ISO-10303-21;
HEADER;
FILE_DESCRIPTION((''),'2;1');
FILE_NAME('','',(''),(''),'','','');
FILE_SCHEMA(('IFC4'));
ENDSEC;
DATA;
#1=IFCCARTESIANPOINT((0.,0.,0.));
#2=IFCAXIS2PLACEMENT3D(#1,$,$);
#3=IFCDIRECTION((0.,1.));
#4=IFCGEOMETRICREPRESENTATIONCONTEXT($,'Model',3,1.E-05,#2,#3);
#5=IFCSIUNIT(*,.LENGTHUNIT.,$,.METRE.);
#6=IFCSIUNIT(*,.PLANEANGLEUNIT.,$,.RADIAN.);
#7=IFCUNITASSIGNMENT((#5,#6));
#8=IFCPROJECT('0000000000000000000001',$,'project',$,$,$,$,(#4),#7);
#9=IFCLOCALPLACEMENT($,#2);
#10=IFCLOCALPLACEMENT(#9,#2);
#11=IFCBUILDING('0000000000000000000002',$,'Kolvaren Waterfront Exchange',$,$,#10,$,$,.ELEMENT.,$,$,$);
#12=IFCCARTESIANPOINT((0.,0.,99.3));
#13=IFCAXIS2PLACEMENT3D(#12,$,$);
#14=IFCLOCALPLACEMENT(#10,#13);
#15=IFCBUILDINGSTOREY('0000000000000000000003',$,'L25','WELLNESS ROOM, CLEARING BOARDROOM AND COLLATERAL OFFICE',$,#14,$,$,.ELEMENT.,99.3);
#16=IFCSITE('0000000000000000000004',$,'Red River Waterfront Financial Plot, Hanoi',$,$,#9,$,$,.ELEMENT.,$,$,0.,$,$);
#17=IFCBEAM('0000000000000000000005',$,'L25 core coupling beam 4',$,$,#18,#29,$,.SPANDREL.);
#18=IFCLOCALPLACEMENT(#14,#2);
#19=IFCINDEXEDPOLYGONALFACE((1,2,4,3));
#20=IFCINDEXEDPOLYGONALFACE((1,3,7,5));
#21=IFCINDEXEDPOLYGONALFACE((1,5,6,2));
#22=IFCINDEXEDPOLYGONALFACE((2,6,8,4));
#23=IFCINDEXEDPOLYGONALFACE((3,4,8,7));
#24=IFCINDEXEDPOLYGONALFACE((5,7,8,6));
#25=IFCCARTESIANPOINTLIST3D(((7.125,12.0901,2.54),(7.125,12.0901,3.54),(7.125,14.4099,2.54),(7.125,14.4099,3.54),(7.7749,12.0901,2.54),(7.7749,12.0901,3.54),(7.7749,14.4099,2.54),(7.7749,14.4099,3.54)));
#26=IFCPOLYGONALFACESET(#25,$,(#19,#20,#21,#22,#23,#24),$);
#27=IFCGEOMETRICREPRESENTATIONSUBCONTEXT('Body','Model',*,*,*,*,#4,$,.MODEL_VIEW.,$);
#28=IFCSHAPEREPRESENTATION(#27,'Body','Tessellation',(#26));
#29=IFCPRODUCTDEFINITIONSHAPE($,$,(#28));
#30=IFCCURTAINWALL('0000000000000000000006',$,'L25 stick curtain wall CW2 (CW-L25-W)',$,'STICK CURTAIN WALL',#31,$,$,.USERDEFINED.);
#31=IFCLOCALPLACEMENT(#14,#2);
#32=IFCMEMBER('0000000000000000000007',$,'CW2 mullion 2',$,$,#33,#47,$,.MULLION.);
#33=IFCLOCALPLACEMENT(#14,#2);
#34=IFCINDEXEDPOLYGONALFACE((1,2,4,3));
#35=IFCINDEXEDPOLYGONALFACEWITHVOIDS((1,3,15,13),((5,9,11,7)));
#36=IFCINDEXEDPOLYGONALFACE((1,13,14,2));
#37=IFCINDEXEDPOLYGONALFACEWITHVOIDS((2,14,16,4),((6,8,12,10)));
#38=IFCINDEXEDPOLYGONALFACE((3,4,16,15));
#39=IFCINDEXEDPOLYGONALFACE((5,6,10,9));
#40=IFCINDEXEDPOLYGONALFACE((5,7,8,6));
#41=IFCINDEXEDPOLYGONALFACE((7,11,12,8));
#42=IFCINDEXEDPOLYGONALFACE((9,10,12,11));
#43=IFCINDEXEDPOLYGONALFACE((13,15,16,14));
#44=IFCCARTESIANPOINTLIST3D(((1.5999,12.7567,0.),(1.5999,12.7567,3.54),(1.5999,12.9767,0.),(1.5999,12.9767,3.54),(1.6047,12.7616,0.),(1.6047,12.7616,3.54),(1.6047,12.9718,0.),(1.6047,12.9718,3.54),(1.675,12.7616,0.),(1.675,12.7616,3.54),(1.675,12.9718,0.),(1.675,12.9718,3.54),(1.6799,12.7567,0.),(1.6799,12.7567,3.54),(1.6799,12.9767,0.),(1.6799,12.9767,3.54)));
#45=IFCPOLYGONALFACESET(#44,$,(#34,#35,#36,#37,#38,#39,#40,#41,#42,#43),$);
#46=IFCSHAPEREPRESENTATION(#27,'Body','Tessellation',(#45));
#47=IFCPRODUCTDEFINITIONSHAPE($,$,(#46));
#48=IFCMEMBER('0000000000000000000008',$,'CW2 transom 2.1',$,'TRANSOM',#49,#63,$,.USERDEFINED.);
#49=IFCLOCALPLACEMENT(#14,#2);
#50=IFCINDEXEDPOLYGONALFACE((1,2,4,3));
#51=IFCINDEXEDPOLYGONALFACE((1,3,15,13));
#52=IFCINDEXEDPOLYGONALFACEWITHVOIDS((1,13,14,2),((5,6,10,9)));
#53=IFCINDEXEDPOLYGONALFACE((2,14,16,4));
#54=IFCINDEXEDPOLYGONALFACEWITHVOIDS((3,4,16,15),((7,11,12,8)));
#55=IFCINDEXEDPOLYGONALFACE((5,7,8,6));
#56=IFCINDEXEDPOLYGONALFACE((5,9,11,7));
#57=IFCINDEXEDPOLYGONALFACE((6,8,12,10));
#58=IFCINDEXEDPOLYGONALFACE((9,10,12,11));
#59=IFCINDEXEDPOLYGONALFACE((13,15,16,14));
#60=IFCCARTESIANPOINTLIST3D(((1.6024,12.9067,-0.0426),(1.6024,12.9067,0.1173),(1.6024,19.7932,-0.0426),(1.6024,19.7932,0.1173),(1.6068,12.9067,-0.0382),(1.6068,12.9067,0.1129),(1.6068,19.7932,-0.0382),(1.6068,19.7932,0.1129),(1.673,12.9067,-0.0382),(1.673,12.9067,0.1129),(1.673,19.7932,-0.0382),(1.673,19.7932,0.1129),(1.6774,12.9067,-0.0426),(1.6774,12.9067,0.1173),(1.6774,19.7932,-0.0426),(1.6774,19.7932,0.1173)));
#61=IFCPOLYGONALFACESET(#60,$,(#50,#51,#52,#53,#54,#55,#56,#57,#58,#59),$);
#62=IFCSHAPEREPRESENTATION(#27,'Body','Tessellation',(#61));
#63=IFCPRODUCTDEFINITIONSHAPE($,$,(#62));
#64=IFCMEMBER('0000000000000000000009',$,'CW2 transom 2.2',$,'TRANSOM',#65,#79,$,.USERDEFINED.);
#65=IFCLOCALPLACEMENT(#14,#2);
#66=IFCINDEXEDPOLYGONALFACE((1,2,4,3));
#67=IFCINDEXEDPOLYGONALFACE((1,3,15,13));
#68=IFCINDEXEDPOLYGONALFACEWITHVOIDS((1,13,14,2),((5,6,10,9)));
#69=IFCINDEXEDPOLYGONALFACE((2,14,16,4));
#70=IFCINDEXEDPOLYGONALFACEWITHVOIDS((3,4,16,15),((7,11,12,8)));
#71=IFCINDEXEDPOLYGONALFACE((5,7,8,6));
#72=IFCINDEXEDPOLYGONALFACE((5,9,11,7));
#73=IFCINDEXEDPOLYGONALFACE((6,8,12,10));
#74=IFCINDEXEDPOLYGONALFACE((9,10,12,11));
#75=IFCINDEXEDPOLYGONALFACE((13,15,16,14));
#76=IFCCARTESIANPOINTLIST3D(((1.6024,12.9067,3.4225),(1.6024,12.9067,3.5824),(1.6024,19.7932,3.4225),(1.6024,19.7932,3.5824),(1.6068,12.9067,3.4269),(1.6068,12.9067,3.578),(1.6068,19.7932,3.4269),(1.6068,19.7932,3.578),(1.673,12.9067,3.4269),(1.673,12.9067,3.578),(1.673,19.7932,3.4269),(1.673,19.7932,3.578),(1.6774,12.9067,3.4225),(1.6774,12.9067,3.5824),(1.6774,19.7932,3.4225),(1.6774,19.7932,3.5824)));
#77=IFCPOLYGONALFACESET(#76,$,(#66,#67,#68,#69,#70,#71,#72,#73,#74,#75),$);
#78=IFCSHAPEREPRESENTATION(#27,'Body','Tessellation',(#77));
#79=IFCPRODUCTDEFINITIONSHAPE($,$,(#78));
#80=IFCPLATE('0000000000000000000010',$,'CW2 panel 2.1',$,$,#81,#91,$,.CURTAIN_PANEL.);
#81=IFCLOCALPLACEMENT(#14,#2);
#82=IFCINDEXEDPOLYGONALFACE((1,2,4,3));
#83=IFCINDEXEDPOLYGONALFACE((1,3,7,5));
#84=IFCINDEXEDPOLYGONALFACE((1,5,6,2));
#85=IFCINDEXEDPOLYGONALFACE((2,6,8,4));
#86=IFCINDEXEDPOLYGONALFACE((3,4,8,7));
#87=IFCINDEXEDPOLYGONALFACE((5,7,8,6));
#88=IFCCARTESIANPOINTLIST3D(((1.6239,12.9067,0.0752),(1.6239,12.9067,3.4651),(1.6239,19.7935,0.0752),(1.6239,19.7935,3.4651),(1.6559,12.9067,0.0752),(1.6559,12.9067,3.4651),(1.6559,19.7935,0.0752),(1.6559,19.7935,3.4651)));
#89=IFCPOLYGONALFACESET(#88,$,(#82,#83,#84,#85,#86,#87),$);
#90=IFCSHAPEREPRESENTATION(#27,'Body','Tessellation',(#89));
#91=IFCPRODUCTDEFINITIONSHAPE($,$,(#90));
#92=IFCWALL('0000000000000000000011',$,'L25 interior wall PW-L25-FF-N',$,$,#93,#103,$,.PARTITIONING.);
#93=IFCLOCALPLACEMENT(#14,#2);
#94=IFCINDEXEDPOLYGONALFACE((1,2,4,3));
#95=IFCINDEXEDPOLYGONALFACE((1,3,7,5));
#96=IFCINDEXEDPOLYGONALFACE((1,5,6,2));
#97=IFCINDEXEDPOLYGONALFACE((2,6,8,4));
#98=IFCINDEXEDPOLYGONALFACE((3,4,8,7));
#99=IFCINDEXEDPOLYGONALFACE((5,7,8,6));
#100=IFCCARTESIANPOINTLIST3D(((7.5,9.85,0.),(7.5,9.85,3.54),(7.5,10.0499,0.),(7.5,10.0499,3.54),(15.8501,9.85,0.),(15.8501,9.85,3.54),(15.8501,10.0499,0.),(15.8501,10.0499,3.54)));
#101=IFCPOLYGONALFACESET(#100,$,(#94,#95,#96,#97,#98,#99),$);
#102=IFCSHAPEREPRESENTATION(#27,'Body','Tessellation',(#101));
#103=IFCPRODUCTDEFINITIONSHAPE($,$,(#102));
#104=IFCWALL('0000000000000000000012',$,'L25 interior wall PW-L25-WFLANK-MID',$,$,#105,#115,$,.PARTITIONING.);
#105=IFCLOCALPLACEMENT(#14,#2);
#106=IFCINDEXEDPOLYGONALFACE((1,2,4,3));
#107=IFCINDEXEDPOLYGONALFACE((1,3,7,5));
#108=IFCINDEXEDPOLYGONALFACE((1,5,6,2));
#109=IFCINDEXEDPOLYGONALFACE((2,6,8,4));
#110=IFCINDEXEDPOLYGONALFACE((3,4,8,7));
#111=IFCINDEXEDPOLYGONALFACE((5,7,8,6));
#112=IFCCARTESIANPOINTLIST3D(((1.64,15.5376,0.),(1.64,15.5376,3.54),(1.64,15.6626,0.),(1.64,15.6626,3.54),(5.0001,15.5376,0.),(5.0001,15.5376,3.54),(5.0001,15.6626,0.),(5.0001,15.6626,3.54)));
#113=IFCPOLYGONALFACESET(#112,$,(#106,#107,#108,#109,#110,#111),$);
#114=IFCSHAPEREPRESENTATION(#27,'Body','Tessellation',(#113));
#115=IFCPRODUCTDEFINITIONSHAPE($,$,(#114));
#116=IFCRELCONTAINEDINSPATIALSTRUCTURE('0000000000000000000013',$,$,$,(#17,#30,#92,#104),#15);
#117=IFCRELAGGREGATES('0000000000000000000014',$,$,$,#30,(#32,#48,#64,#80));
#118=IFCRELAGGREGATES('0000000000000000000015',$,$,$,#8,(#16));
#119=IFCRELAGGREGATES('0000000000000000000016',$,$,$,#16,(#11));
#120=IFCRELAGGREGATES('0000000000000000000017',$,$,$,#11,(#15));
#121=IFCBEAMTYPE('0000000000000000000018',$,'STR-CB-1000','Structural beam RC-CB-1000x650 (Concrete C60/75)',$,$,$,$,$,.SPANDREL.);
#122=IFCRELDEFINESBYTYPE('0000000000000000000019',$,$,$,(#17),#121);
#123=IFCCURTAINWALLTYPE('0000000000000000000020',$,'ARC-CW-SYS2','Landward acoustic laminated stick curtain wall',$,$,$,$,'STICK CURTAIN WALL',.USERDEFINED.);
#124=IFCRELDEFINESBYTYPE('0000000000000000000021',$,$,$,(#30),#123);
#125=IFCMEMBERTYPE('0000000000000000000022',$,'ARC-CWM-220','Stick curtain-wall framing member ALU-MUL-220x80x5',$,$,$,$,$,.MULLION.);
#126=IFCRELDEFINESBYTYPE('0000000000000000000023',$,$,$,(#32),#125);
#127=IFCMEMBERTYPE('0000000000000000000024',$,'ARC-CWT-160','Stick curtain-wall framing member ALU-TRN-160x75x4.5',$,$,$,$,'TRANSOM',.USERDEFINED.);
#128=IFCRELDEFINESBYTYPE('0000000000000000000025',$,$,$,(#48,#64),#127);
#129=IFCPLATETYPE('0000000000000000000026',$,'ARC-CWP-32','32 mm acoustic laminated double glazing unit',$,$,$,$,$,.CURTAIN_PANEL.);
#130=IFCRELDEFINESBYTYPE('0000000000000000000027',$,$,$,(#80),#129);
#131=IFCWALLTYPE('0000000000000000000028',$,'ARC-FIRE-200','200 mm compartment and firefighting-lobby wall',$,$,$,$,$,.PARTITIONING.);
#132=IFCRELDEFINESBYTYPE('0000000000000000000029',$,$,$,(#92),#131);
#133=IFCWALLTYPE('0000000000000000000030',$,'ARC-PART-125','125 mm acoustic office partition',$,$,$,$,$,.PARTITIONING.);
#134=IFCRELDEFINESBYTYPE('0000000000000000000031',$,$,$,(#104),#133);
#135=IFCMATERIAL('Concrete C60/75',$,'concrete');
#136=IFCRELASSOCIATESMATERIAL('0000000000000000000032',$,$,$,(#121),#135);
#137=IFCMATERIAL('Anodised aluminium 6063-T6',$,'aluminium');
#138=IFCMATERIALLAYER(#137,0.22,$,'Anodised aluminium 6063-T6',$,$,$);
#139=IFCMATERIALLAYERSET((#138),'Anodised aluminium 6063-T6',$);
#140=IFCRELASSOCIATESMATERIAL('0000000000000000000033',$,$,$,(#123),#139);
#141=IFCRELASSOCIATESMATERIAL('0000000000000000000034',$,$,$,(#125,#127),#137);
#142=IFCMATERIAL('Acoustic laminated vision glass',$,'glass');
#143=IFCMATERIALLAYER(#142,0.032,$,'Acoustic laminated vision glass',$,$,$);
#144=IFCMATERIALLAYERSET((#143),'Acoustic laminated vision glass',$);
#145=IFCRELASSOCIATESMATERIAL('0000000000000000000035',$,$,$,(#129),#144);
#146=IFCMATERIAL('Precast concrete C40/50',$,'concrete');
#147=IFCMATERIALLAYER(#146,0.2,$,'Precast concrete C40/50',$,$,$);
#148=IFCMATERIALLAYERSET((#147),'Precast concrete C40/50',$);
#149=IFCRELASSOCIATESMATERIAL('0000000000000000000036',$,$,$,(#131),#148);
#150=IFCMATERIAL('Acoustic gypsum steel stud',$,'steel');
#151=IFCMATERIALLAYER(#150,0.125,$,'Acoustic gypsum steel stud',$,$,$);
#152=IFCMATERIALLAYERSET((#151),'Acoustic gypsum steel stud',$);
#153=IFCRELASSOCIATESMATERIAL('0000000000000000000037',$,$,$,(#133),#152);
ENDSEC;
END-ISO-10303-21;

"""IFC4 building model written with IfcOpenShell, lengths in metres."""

from ifc_helpers import new_model, si_unit, direction, frame, frame_2d, origin, origin_with_axes, origin_2d, place, context, subcontext, project, spatial, rectangle, hollow_rectangle, extrude, source, transform, mapped, material, layer, layer_set, material_profile, profile_set, type_object, element, aggregate, save


model = new_model("IFC4")

# Units and contexts
model_context = context("Model", 3, precision=1e-05, world=origin(), true_north=direction((0.0, 1.0)))
body_context = subcontext(model_context, "Body", "Model", "MODEL_VIEW")
ifc_project = project(units=[si_unit("LENGTHUNIT", "METRE"), si_unit("PLANEANGLEUNIT", "RADIAN")], contexts=[model_context])

# Site, building, storey
site_placement = place(None, origin())
site = spatial("IfcSite", under=ifc_project, at=site_placement, Name="Red River Waterfront Financial Plot, Hanoi", CompositionType="ELEMENT", RefElevation=0.0)
building_placement = place(site_placement, origin())
building = spatial("IfcBuilding", under=site, at=building_placement, Name="Kolvaren Waterfront Exchange", CompositionType="ELEMENT")
storey_placement = place(building_placement, frame((0.0, 0.0, 99.3)))
storey = spatial("IfcBuildingStorey", under=building, at=storey_placement, Name="L25", Description="WELLNESS ROOM, CLEARING BOARDROOM AND COLLATERAL OFFICE", CompositionType="ELEMENT", Elevation=99.3)

# Beam
ifc_material_1 = material(Name="Concrete C60/75", Category="concrete")
ifc_material_profile_1 = material_profile(ifc_material_1, rectangle(XDim=0.6499, YDim=1.0, at=origin_2d()), Name="RC-CB-1000x650")
ifc_profile_set_1 = profile_set([ifc_material_profile_1], Name="Concrete C60/75")
beam_type = type_object("IfcBeamType", Name="STR-CB-1000", Description="Structural beam RC-CB-1000x650 (Concrete C60/75)", PredefinedType="SPANDREL", material=ifc_profile_set_1)
beam_placement = place(storey_placement, frame((7.45, 12.0901, 3.04), z_axis=(0.0, 1.0, 0.0), x_axis=(-1.0, 0.0, 0.0)))
element("IfcBeam", 1, at=beam_placement, inside=storey, type_object=beam_type, Name="L25 core coupling beam 4", PredefinedType="SPANDREL", context=body_context, shape_type="SweptSolid", body=[
    extrude(rectangle(XDim=0.6499, YDim=1.0, at=origin_2d()), origin(), (0.0, 0.0, 1.0), 2.3198),
])

# Curtain wall, members, plate
ifc_material_2 = material(Name="Anodised aluminium 6063-T6", Category="aluminium")
ifc_layer_1 = layer(ifc_material_2, 0.22, Name="Anodised aluminium 6063-T6")
ifc_layer_set_1 = layer_set([ifc_layer_1], Name="Anodised aluminium 6063-T6")
curtain_wall_type = type_object("IfcCurtainWallType", Name="ARC-CW-SYS2", Description="Landward acoustic laminated stick curtain wall", ElementType="STICK CURTAIN WALL", PredefinedType="USERDEFINED", material=ifc_layer_set_1)
curtain_wall_placement = place(storey_placement, origin())
curtain_wall = element("IfcCurtainWall", 2, at=curtain_wall_placement, inside=storey, type_object=curtain_wall_type, Name="L25 stick curtain wall CW2 (CW-L25-W)", ObjectType="STICK CURTAIN WALL", PredefinedType="USERDEFINED")
ifc_material_profile_2 = material_profile(ifc_material_2, hollow_rectangle(XDim=0.0801, YDim=0.22, WallThickness=0.0049, at=origin_2d()), Name="ALU-MUL-220x80x5")
ifc_profile_set_2 = profile_set([ifc_material_profile_2], Name="Anodised aluminium 6063-T6")
member_type_1 = type_object("IfcMemberType", Name="ARC-CWM-220", Description="Stick curtain-wall framing member ALU-MUL-220x80x5", PredefinedType="MULLION", material=ifc_profile_set_2)
shared_shape_1 = source(origin_with_axes(), body_context, "Body", "SweptSolid", [
    extrude(hollow_rectangle(XDim=0.0801, YDim=0.22, WallThickness=0.0049, at=origin_2d()), origin(), (0.0, 0.0, 1.0), 3.54),
])
member_1_placement = place(storey_placement, frame((1.6399, 12.8667, 0.0), z_axis=(0.0, 0.0, 1.0), x_axis=(-1.0, 0.0, 0.0)))
member_1 = element("IfcMember", 3, at=member_1_placement, type_object=member_type_1, Name="CW2 mullion 2", PredefinedType="MULLION", context=body_context, shape_type="MappedRepresentation", body=[
    mapped(shared_shape_1, transform((0.0, 0.0, 0.0), x_axis=(1.0, 0.0, 0.0), y_axis=(0.0, 1.0, 0.0), z_axis=(0.0, 0.0, 1.0), scale=1.0)),
])
ifc_material_profile_3 = material_profile(ifc_material_2, hollow_rectangle(XDim=0.075, YDim=0.1599, WallThickness=0.0044, at=origin_2d()), Name="ALU-TRN-160x75x4.5")
ifc_profile_set_3 = profile_set([ifc_material_profile_3], Name="Anodised aluminium 6063-T6")
member_type_2 = type_object("IfcMemberType", Name="ARC-CWT-160", Description="Stick curtain-wall framing member ALU-TRN-160x75x4.5", ElementType="TRANSOM", PredefinedType="USERDEFINED", material=ifc_profile_set_3)
shared_shape_2 = source(origin_with_axes(), body_context, "Body", "SweptSolid", [
    extrude(hollow_rectangle(XDim=0.075, YDim=0.1599, WallThickness=0.0044, at=origin_2d()), origin(), (0.0, 0.0, 1.0), 6.8865),
])
member_2_placement = place(storey_placement, frame((1.6399, 12.9067, 0.0374), z_axis=(0.0, 1.0, 0.0), x_axis=(-1.0, 0.0, 0.0)))
member_2 = element("IfcMember", 4, at=member_2_placement, type_object=member_type_2, Name="CW2 transom 2.1", ObjectType="TRANSOM", PredefinedType="USERDEFINED", context=body_context, shape_type="MappedRepresentation", body=[
    mapped(shared_shape_2, transform((0.0, 0.0, 0.0), x_axis=(1.0, 0.0, 0.0), y_axis=(0.0, 1.0, 0.0), z_axis=(0.0, 0.0, 1.0), scale=1.0)),
])
member_3_placement = place(storey_placement, frame((1.6399, 12.9067, 3.5024), z_axis=(0.0, 1.0, 0.0), x_axis=(-1.0, 0.0, 0.0)))
member_3 = element("IfcMember", 5, at=member_3_placement, type_object=member_type_2, Name="CW2 transom 2.2", ObjectType="TRANSOM", PredefinedType="USERDEFINED", context=body_context, shape_type="MappedRepresentation", body=[
    mapped(shared_shape_2, transform((0.0, 0.0, 0.0), x_axis=(1.0, 0.0, 0.0), y_axis=(0.0, 1.0, 0.0), z_axis=(0.0, 0.0, 1.0), scale=1.0)),
])
ifc_material_3 = material(Name="Acoustic laminated vision glass", Category="glass")
ifc_layer_2 = layer(ifc_material_3, 0.032, Name="Acoustic laminated vision glass")
ifc_layer_set_2 = layer_set([ifc_layer_2], Name="Acoustic laminated vision glass")
plate_type = type_object("IfcPlateType", Name="ARC-CWP-32", Description="32 mm acoustic laminated double glazing unit", PredefinedType="CURTAIN_PANEL", material=ifc_layer_set_2)
shared_shape_3 = source(origin_with_axes(), body_context, "Body", "SweptSolid", [
    extrude(rectangle(XDim=6.8867, YDim=0.032, at=origin_2d()), origin(), (0.0, 0.0, 1.0), 3.3899),
])
plate_placement = place(storey_placement, frame((1.6399, 16.3501, 0.0752), z_axis=(0.0, 0.0, 1.0), x_axis=(0.0, 1.0, 0.0)))
plate = element("IfcPlate", 6, at=plate_placement, type_object=plate_type, Name="CW2 panel 2.1", PredefinedType="CURTAIN_PANEL", context=body_context, shape_type="MappedRepresentation", body=[
    mapped(shared_shape_3, transform((0.0, 0.0, 0.0), x_axis=(1.0, 0.0, 0.0), y_axis=(0.0, 1.0, 0.0), z_axis=(0.0, 0.0, 1.0), scale=1.0)),
])
aggregate(curtain_wall, [member_1, member_2, member_3, plate])

# Walls
ifc_material_4 = material(Name="Precast concrete C40/50", Category="concrete")
ifc_layer_3 = layer(ifc_material_4, 0.2, Name="Precast concrete C40/50")
ifc_layer_set_3 = layer_set([ifc_layer_3], Name="Precast concrete C40/50")
wall_type_1 = type_object("IfcWallType", Name="ARC-FIRE-200", Description="200 mm compartment and firefighting-lobby wall", PredefinedType="PARTITIONING", material=ifc_layer_set_3)
wall_1_placement = place(storey_placement, frame((7.5, 9.95, 0.0), z_axis=(0.0, 0.0, 1.0), x_axis=(1.0, 0.0, 0.0)))
element("IfcWall", 7, at=wall_1_placement, inside=storey, type_object=wall_type_1, Name="L25 interior wall PW-L25-FF-N", PredefinedType="PARTITIONING", context=body_context, shape_type="SweptSolid", body=[
    extrude(rectangle(XDim=8.3501, YDim=0.2, at=frame_2d((4.175, 0.0))), origin(), (0.0, 0.0, 1.0), 3.54),
])
ifc_material_5 = material(Name="Acoustic gypsum steel stud", Category="steel")
ifc_layer_4 = layer(ifc_material_5, 0.125, Name="Acoustic gypsum steel stud")
ifc_layer_set_4 = layer_set([ifc_layer_4], Name="Acoustic gypsum steel stud")
wall_type_2 = type_object("IfcWallType", Name="ARC-PART-125", Description="125 mm acoustic office partition", PredefinedType="PARTITIONING", material=ifc_layer_set_4)
wall_2_placement = place(storey_placement, frame((1.6399, 15.6001, 0.0), z_axis=(0.0, 0.0, 1.0), x_axis=(1.0, 0.0, 0.0)))
element("IfcWall", 8, at=wall_2_placement, inside=storey, type_object=wall_type_2, Name="L25 interior wall PW-L25-WFLANK-MID", PredefinedType="PARTITIONING", context=body_context, shape_type="SweptSolid", body=[
    extrude(rectangle(XDim=3.3601, YDim=0.125, at=frame_2d((1.6802, 0.0))), origin(), (0.0, 0.0, 1.0), 3.54),
])

save(model, "model.ifc")
